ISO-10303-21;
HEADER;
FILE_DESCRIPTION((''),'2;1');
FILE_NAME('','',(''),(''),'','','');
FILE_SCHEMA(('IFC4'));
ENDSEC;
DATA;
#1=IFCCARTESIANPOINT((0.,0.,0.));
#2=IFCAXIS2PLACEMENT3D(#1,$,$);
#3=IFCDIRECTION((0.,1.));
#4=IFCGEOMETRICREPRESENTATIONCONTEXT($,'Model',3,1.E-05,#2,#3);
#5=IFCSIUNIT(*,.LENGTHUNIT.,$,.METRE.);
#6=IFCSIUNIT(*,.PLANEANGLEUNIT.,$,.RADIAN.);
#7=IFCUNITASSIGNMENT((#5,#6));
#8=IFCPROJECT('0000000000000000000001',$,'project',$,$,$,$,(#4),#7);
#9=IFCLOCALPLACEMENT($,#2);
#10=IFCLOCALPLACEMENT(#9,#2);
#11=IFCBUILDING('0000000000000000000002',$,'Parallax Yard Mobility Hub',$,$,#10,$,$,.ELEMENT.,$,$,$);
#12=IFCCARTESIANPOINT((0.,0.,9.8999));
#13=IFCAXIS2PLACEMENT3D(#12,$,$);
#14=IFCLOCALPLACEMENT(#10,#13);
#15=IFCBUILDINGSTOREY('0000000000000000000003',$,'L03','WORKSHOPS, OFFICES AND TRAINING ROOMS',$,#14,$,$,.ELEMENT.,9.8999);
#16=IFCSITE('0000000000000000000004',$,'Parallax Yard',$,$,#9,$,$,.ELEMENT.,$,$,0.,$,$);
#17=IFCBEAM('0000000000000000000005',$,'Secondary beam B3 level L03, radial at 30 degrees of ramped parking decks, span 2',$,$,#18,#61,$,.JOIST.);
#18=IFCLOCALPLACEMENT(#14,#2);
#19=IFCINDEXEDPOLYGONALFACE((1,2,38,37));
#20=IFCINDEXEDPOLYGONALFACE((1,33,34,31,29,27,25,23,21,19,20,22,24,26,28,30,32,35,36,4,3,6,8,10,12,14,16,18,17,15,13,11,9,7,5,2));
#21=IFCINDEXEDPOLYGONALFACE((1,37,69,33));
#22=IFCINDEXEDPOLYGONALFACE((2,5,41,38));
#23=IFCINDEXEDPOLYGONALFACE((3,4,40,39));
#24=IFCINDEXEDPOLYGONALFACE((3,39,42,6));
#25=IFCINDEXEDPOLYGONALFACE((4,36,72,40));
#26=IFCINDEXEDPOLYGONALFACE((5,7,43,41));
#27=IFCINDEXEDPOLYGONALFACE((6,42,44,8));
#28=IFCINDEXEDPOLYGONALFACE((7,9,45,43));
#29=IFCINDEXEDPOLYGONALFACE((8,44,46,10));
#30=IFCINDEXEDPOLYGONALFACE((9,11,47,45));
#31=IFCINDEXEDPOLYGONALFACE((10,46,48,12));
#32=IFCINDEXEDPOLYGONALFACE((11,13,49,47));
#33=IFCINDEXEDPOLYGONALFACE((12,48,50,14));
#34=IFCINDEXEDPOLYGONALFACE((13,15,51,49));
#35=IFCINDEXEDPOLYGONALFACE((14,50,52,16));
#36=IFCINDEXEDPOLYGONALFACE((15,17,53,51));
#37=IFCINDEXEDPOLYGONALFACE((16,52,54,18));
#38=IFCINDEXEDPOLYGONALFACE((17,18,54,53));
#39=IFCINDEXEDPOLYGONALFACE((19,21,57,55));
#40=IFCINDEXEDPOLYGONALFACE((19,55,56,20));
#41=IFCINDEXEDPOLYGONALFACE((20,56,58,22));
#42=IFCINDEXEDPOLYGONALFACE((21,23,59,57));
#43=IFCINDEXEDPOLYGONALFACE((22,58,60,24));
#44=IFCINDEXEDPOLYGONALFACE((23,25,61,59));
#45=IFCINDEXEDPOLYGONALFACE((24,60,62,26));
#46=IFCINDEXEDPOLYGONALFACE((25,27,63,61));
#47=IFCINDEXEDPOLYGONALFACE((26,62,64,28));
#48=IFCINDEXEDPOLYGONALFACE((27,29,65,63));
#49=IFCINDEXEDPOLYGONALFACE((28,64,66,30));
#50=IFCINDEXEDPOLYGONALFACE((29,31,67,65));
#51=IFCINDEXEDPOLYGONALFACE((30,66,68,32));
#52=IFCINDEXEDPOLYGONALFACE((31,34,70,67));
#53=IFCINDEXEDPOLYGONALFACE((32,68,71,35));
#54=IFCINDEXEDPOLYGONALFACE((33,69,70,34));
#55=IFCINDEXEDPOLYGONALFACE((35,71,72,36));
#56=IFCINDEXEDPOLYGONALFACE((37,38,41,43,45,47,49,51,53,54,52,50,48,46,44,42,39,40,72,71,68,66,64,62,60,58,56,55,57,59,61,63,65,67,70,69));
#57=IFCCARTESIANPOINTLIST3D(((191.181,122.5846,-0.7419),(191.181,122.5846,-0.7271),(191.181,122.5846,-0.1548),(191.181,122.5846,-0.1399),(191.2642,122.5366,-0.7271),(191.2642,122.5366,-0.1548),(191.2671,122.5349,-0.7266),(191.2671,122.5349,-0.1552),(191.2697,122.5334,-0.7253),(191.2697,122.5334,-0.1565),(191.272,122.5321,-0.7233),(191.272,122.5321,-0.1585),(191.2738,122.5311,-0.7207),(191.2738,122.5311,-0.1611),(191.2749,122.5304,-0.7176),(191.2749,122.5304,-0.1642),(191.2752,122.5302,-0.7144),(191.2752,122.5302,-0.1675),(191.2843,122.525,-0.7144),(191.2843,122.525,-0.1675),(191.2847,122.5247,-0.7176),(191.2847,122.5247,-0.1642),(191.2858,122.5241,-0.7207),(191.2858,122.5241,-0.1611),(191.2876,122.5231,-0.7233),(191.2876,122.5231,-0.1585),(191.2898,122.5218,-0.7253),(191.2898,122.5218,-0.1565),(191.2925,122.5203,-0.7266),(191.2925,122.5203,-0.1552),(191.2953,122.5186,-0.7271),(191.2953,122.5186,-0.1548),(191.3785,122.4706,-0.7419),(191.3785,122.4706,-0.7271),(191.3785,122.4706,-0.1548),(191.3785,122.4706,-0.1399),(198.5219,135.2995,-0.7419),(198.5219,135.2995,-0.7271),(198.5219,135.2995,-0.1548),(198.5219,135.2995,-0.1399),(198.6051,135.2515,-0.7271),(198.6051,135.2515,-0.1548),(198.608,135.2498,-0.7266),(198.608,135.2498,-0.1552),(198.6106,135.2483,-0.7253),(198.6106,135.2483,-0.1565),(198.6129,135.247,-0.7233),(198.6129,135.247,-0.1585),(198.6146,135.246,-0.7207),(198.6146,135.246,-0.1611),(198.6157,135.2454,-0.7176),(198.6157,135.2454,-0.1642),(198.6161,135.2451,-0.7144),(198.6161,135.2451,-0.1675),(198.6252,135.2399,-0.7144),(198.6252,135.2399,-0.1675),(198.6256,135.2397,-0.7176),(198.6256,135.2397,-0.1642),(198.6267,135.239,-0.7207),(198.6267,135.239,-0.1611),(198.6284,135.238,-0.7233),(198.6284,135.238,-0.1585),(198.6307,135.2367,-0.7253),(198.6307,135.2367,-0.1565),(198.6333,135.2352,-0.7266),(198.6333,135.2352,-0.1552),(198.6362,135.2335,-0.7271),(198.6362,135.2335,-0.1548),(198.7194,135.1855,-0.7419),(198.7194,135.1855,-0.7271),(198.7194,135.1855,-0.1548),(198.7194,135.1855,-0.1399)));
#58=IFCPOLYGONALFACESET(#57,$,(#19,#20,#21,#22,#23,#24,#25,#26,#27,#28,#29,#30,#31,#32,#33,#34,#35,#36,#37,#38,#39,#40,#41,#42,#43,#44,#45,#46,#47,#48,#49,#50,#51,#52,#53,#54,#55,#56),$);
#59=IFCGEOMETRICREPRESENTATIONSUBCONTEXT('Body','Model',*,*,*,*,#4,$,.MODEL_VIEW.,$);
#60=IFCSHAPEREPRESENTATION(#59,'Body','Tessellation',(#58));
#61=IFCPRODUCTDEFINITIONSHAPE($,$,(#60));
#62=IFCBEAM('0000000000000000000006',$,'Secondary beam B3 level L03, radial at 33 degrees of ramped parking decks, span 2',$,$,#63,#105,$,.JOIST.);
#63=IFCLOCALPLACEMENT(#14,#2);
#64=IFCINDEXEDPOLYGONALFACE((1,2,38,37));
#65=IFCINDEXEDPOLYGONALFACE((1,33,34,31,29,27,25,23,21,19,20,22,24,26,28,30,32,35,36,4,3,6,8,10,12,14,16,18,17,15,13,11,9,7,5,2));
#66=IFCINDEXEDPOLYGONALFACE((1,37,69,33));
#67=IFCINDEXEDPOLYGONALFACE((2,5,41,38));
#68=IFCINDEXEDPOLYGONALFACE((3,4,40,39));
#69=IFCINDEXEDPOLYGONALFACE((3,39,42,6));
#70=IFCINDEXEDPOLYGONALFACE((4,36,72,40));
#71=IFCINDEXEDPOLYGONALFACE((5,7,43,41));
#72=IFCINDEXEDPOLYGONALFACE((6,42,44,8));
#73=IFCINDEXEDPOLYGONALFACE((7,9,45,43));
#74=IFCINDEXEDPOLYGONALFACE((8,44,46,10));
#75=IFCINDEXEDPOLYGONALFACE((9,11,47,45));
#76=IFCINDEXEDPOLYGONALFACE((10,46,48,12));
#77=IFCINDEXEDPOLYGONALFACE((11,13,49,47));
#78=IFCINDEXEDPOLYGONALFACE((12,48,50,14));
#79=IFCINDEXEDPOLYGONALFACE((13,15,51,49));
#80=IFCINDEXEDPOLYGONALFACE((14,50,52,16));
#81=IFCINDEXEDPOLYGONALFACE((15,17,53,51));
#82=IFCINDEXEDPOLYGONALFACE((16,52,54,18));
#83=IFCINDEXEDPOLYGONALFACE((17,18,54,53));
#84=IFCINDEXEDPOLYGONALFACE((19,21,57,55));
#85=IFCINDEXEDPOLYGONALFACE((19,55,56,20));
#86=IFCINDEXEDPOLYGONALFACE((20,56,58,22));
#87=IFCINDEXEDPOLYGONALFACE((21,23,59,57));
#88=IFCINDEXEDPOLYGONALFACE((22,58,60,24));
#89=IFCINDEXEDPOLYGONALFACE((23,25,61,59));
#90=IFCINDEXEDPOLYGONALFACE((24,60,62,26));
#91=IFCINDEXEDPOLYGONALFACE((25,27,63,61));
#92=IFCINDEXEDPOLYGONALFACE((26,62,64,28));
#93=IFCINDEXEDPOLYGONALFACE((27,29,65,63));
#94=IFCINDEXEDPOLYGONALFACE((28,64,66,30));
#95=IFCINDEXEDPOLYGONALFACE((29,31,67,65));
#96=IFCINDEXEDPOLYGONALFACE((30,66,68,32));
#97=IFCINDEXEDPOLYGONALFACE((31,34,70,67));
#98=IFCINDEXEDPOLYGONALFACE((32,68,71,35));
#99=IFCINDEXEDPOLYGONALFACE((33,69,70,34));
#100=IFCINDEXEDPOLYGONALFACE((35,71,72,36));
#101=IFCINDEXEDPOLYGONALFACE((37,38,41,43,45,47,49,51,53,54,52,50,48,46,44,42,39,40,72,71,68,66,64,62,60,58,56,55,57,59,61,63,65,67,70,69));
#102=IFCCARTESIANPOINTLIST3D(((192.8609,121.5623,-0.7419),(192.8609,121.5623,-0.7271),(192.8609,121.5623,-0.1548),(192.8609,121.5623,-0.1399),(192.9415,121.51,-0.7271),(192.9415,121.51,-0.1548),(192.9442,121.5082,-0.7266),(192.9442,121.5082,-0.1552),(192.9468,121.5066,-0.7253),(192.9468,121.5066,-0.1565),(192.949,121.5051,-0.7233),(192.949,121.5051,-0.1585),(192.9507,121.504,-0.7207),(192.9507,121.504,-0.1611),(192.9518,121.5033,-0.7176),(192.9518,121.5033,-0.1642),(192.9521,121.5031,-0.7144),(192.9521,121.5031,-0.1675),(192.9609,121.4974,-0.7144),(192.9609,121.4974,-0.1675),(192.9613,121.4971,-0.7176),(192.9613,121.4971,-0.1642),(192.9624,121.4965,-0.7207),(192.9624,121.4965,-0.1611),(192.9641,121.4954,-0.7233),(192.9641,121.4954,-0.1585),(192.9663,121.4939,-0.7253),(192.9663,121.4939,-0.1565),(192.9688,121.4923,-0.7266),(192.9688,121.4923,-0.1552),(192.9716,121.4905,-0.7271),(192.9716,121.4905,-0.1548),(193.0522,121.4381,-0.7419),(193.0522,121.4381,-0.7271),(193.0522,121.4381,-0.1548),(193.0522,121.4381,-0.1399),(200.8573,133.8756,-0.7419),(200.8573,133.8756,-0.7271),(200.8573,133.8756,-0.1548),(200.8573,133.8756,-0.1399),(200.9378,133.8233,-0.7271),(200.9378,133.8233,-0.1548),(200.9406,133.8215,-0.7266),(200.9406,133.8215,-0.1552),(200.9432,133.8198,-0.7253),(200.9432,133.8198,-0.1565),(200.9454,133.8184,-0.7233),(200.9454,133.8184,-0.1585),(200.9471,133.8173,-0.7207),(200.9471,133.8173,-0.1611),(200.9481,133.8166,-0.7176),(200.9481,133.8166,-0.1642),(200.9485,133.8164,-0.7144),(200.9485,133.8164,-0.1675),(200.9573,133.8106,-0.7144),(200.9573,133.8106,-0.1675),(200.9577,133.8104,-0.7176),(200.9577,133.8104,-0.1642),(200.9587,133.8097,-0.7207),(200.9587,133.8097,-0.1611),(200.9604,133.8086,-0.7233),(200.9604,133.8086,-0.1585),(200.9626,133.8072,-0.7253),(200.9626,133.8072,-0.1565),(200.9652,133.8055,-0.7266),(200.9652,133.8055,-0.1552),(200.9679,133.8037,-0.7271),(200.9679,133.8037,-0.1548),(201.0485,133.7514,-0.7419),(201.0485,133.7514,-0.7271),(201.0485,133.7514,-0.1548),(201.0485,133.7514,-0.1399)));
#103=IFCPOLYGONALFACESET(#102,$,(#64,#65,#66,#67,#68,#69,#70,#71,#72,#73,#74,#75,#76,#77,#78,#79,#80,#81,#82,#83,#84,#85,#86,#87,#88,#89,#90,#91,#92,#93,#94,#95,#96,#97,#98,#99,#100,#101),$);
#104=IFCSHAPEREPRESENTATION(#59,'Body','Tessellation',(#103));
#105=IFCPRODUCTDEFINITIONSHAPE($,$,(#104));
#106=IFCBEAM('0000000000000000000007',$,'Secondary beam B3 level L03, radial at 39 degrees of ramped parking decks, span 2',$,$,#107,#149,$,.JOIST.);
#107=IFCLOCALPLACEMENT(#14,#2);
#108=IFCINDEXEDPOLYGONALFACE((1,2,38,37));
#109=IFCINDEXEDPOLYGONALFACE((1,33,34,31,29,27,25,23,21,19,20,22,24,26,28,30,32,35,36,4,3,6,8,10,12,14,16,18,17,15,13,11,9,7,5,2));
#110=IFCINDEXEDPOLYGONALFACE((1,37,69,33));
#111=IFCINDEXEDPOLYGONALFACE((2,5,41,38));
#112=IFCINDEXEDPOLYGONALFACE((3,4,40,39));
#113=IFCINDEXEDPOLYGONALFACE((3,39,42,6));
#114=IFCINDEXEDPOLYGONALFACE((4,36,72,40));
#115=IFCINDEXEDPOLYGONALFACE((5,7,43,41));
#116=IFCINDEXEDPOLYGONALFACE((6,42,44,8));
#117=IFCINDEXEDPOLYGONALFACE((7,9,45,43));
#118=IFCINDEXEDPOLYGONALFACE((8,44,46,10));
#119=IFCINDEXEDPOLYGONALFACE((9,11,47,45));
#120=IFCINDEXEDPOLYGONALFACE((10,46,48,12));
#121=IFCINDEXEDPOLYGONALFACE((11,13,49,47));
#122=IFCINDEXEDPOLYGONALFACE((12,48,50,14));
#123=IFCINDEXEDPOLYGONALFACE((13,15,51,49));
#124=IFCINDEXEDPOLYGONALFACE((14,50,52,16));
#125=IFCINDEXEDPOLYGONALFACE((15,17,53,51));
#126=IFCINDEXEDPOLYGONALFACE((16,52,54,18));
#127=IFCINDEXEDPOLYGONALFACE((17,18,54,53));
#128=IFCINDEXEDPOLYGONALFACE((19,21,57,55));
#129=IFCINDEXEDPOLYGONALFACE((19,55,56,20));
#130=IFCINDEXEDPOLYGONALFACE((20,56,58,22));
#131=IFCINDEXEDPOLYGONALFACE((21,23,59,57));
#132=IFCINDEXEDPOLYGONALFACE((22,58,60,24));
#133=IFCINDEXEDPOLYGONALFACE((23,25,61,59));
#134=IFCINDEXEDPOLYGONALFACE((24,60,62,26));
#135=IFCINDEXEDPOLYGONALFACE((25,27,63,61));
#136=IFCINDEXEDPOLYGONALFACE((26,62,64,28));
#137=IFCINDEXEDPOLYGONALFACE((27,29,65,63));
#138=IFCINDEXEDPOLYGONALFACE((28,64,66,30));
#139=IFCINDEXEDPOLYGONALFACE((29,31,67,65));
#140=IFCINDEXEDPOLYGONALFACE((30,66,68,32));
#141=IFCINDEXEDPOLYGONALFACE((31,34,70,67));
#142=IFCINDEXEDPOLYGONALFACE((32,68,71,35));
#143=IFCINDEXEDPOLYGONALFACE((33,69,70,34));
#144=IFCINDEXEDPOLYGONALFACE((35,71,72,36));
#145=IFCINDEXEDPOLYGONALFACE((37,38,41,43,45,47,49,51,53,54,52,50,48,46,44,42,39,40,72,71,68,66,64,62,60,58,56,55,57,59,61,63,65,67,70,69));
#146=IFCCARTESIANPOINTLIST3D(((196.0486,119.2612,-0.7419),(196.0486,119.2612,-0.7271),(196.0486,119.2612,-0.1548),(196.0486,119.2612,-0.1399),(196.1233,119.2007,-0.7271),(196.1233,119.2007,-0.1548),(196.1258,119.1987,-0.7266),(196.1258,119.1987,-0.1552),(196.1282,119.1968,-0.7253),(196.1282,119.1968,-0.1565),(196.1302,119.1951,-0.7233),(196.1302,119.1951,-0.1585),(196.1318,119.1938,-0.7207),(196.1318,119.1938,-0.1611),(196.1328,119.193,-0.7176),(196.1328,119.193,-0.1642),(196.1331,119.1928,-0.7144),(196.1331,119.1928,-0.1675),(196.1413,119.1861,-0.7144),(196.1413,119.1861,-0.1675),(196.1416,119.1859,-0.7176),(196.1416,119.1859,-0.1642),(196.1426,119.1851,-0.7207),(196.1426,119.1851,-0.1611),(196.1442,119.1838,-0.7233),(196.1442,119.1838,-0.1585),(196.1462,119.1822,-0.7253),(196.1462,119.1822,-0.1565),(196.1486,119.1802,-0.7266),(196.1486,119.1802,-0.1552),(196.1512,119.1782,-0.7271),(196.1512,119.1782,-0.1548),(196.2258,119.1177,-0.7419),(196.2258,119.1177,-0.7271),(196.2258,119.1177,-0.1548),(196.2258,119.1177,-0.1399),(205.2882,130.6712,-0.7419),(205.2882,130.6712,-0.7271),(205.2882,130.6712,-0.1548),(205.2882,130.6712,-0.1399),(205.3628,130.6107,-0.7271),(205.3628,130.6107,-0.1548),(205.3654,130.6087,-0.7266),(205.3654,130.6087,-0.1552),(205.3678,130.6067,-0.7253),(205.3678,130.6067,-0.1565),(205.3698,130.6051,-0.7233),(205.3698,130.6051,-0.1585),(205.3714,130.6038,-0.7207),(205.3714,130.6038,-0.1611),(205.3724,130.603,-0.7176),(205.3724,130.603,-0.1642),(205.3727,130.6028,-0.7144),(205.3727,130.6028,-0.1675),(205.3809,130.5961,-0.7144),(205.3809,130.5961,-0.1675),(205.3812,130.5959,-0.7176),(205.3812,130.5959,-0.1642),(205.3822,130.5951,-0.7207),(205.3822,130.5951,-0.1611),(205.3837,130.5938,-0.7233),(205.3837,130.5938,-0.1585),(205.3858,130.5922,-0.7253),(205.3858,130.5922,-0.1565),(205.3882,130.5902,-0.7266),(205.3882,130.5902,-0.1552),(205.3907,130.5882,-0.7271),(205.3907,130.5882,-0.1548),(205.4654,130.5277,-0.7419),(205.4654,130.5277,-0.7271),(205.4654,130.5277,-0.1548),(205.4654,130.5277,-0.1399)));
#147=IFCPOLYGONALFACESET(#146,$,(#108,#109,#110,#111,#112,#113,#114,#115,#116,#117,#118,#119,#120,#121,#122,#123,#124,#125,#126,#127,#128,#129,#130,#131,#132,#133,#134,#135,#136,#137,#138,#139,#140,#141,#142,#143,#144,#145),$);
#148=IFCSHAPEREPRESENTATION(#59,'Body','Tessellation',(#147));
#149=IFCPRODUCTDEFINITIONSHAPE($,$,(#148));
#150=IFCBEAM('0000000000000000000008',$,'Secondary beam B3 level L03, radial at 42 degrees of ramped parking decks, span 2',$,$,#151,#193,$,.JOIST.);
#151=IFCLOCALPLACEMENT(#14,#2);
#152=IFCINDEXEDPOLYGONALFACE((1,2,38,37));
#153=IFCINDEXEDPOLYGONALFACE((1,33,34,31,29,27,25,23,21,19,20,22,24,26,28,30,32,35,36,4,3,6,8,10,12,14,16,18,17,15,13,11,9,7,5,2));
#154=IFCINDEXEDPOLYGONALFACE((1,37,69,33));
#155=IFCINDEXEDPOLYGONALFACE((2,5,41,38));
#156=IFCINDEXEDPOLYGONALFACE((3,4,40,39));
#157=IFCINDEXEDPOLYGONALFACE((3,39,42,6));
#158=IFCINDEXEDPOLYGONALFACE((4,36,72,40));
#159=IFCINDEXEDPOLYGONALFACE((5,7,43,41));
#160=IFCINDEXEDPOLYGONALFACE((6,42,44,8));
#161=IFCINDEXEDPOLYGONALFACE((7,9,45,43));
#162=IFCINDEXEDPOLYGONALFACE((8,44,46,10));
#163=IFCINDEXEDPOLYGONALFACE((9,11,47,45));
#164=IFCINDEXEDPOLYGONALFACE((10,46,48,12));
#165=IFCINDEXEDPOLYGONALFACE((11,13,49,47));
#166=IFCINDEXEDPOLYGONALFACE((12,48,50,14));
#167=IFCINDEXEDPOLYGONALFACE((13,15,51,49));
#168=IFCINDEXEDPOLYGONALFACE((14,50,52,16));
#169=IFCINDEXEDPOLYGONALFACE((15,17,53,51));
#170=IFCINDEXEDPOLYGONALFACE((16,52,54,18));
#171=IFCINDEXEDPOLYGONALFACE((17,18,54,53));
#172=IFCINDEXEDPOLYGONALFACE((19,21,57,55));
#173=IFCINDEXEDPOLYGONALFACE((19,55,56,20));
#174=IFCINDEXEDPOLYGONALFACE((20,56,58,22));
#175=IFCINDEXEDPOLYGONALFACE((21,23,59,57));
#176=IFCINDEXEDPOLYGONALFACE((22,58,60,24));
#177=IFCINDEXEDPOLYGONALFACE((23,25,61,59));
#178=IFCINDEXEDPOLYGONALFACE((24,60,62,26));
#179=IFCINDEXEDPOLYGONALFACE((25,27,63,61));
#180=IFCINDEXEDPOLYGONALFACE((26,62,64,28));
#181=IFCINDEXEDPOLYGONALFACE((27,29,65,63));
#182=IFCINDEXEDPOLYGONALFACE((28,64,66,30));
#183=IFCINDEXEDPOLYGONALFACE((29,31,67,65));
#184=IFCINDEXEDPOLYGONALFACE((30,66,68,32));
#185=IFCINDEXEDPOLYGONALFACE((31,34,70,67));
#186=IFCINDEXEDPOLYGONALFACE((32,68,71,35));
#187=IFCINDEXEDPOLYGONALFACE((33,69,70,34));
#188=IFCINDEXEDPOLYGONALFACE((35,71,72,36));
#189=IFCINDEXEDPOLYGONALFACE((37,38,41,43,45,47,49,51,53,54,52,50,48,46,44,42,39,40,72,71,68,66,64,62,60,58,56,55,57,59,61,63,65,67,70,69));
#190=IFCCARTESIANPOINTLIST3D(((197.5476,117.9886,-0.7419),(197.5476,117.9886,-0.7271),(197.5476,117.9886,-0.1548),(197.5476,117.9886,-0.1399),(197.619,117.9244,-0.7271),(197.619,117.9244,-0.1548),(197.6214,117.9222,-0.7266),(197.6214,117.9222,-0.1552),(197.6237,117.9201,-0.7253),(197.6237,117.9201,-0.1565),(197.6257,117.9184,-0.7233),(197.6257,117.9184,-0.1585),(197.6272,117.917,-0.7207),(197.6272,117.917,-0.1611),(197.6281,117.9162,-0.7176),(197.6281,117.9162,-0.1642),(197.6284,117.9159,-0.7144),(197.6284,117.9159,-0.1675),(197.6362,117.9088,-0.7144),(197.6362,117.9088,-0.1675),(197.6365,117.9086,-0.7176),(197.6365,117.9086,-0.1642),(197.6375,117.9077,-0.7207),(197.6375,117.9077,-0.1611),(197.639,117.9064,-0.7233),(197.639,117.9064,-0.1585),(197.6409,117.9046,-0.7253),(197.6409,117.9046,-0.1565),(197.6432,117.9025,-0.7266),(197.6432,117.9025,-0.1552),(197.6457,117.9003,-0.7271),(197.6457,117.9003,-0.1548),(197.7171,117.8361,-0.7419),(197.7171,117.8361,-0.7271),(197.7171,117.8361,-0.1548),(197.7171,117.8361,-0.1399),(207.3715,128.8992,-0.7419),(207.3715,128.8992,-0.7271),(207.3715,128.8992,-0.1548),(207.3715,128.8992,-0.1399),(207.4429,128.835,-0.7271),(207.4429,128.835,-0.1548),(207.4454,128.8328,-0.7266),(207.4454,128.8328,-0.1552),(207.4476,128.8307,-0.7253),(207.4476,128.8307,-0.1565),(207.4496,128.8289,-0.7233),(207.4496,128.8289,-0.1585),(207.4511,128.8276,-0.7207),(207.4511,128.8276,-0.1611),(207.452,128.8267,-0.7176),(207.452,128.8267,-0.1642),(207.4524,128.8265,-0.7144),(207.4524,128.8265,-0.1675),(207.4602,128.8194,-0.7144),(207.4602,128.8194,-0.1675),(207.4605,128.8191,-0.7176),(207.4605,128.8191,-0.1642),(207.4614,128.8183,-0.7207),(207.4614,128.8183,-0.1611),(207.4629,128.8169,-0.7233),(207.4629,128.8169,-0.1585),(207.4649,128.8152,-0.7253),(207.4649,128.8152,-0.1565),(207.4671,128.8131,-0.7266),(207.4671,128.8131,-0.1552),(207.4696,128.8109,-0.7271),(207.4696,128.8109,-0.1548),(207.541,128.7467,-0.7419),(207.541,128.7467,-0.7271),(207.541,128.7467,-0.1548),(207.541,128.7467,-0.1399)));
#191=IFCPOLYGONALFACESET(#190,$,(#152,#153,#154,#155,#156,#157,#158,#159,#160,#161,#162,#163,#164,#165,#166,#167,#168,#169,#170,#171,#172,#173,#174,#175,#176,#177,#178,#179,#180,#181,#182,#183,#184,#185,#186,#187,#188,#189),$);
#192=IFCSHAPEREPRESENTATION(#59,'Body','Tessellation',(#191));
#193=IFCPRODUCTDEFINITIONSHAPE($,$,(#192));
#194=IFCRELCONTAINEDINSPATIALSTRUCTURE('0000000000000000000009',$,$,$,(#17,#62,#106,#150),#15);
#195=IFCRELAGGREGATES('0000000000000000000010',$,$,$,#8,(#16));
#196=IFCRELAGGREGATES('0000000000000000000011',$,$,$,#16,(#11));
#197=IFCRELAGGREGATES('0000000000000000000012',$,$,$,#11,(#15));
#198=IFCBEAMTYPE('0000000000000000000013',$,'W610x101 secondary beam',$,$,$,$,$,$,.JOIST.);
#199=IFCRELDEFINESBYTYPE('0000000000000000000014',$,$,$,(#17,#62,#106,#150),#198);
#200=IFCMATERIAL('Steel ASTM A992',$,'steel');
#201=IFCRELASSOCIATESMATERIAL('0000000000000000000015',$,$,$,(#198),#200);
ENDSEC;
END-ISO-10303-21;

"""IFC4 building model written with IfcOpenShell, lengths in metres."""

from ifc_helpers import new_model, si_unit, direction, frame, origin, origin_2d, place, context, subcontext, project, spatial, i_section, extrude, material, material_profile, profile_set, type_object, element, save


model = new_model("IFC4")

# Units and contexts
model_context = context("Model", 3, precision=1e-05, world=origin(), true_north=direction((0.0, 1.0)))
body_context = subcontext(model_context, "Body", "Model", "MODEL_VIEW")
ifc_project = project(units=[si_unit("LENGTHUNIT", "METRE"), si_unit("PLANEANGLEUNIT", "RADIAN")], contexts=[model_context])

# Site, building, storey
site_placement = place(None, origin())
site = spatial("IfcSite", under=ifc_project, at=site_placement, Name="Parallax Yard", CompositionType="ELEMENT", RefElevation=0.0)
building_placement = place(site_placement, origin())
building = spatial("IfcBuilding", under=site, at=building_placement, Name="Parallax Yard Mobility Hub", CompositionType="ELEMENT")
storey_placement = place(building_placement, frame((0.0, 0.0, 9.8999)))
storey = spatial("IfcBuildingStorey", under=building, at=storey_placement, Name="L03", Description="WORKSHOPS, OFFICES AND TRAINING ROOMS", CompositionType="ELEMENT", Elevation=9.8999)

# Shared definitions
ifc_material_1 = material(Name="Steel ASTM A992", Category="steel")

# Beams
ifc_material_profile_1 = material_profile(ifc_material_1, i_section(OverallWidth=0.228, OverallDepth=0.6021, WebThickness=0.0105, FlangeThickness=0.0149, FilletRadius=0.0127, at=origin_2d()), Name="W610x101")
ifc_profile_set_1 = profile_set([ifc_material_profile_1], Name="Steel ASTM A992")
beam_type_1 = type_object("IfcBeamType", Name="W610x101 secondary beam", PredefinedType="JOIST", material=ifc_profile_set_1)
for number, where, z_axis, x_axis, name in (
    (1, (191.2798, 122.5276, -0.4409), (0.499995, 0.866028, 0.0), (-0.866028, 0.499995, 0.0), "Secondary beam B3 level L03, radial at 30 degrees of ramped parking decks, span 2"),
    (2, (192.9565, 121.5002, -0.4409), (0.544641, 0.83867, 0.0), (-0.83867, 0.544641, 0.0), "Secondary beam B3 level L03, radial at 33 degrees of ramped parking decks, span 2"),
    (3, (196.1372, 119.1895, -0.4409), (0.629318, 0.777148, 0.0), (-0.777148, 0.629318, 0.0), "Secondary beam B3 level L03, radial at 39 degrees of ramped parking decks, span 2"),
):
    element("IfcBeam", number, at=place(storey_placement, frame(where, z_axis=z_axis, x_axis=x_axis)), inside=storey, type_object=beam_type_1, Name=name, PredefinedType="JOIST", context=body_context, shape_type="SweptSolid", body=[
        extrude(i_section(OverallWidth=0.228, OverallDepth=0.6021, WebThickness=0.0105, FlangeThickness=0.0149, FilletRadius=0.0127, at=origin_2d()), origin(), (0.0, 0.0, 1.0), 14.6819),
    ])
for number, where, z_axis, x_axis, name in (
    (4, (197.6323, 117.9124, -0.4409), (0.66913, 0.743145, 0.0), (-0.743145, 0.66913, 0.0), "Secondary beam B3 level L03, radial at 42 degrees of ramped parking decks, span 2"),
):
    element("IfcBeam", number, at=place(storey_placement, frame(where, z_axis=z_axis, x_axis=x_axis)), inside=storey, type_object=beam_type_1, Name=name, PredefinedType="JOIST", context=body_context, shape_type="SweptSolid", body=[
        extrude(i_section(OverallWidth=0.228, OverallDepth=0.6021, WebThickness=0.0105, FlangeThickness=0.0149, FilletRadius=0.0127, at=origin_2d()), origin(), (0.0, 0.0, 1.0), 14.6816),
    ])

save(model, "model.ifc")
